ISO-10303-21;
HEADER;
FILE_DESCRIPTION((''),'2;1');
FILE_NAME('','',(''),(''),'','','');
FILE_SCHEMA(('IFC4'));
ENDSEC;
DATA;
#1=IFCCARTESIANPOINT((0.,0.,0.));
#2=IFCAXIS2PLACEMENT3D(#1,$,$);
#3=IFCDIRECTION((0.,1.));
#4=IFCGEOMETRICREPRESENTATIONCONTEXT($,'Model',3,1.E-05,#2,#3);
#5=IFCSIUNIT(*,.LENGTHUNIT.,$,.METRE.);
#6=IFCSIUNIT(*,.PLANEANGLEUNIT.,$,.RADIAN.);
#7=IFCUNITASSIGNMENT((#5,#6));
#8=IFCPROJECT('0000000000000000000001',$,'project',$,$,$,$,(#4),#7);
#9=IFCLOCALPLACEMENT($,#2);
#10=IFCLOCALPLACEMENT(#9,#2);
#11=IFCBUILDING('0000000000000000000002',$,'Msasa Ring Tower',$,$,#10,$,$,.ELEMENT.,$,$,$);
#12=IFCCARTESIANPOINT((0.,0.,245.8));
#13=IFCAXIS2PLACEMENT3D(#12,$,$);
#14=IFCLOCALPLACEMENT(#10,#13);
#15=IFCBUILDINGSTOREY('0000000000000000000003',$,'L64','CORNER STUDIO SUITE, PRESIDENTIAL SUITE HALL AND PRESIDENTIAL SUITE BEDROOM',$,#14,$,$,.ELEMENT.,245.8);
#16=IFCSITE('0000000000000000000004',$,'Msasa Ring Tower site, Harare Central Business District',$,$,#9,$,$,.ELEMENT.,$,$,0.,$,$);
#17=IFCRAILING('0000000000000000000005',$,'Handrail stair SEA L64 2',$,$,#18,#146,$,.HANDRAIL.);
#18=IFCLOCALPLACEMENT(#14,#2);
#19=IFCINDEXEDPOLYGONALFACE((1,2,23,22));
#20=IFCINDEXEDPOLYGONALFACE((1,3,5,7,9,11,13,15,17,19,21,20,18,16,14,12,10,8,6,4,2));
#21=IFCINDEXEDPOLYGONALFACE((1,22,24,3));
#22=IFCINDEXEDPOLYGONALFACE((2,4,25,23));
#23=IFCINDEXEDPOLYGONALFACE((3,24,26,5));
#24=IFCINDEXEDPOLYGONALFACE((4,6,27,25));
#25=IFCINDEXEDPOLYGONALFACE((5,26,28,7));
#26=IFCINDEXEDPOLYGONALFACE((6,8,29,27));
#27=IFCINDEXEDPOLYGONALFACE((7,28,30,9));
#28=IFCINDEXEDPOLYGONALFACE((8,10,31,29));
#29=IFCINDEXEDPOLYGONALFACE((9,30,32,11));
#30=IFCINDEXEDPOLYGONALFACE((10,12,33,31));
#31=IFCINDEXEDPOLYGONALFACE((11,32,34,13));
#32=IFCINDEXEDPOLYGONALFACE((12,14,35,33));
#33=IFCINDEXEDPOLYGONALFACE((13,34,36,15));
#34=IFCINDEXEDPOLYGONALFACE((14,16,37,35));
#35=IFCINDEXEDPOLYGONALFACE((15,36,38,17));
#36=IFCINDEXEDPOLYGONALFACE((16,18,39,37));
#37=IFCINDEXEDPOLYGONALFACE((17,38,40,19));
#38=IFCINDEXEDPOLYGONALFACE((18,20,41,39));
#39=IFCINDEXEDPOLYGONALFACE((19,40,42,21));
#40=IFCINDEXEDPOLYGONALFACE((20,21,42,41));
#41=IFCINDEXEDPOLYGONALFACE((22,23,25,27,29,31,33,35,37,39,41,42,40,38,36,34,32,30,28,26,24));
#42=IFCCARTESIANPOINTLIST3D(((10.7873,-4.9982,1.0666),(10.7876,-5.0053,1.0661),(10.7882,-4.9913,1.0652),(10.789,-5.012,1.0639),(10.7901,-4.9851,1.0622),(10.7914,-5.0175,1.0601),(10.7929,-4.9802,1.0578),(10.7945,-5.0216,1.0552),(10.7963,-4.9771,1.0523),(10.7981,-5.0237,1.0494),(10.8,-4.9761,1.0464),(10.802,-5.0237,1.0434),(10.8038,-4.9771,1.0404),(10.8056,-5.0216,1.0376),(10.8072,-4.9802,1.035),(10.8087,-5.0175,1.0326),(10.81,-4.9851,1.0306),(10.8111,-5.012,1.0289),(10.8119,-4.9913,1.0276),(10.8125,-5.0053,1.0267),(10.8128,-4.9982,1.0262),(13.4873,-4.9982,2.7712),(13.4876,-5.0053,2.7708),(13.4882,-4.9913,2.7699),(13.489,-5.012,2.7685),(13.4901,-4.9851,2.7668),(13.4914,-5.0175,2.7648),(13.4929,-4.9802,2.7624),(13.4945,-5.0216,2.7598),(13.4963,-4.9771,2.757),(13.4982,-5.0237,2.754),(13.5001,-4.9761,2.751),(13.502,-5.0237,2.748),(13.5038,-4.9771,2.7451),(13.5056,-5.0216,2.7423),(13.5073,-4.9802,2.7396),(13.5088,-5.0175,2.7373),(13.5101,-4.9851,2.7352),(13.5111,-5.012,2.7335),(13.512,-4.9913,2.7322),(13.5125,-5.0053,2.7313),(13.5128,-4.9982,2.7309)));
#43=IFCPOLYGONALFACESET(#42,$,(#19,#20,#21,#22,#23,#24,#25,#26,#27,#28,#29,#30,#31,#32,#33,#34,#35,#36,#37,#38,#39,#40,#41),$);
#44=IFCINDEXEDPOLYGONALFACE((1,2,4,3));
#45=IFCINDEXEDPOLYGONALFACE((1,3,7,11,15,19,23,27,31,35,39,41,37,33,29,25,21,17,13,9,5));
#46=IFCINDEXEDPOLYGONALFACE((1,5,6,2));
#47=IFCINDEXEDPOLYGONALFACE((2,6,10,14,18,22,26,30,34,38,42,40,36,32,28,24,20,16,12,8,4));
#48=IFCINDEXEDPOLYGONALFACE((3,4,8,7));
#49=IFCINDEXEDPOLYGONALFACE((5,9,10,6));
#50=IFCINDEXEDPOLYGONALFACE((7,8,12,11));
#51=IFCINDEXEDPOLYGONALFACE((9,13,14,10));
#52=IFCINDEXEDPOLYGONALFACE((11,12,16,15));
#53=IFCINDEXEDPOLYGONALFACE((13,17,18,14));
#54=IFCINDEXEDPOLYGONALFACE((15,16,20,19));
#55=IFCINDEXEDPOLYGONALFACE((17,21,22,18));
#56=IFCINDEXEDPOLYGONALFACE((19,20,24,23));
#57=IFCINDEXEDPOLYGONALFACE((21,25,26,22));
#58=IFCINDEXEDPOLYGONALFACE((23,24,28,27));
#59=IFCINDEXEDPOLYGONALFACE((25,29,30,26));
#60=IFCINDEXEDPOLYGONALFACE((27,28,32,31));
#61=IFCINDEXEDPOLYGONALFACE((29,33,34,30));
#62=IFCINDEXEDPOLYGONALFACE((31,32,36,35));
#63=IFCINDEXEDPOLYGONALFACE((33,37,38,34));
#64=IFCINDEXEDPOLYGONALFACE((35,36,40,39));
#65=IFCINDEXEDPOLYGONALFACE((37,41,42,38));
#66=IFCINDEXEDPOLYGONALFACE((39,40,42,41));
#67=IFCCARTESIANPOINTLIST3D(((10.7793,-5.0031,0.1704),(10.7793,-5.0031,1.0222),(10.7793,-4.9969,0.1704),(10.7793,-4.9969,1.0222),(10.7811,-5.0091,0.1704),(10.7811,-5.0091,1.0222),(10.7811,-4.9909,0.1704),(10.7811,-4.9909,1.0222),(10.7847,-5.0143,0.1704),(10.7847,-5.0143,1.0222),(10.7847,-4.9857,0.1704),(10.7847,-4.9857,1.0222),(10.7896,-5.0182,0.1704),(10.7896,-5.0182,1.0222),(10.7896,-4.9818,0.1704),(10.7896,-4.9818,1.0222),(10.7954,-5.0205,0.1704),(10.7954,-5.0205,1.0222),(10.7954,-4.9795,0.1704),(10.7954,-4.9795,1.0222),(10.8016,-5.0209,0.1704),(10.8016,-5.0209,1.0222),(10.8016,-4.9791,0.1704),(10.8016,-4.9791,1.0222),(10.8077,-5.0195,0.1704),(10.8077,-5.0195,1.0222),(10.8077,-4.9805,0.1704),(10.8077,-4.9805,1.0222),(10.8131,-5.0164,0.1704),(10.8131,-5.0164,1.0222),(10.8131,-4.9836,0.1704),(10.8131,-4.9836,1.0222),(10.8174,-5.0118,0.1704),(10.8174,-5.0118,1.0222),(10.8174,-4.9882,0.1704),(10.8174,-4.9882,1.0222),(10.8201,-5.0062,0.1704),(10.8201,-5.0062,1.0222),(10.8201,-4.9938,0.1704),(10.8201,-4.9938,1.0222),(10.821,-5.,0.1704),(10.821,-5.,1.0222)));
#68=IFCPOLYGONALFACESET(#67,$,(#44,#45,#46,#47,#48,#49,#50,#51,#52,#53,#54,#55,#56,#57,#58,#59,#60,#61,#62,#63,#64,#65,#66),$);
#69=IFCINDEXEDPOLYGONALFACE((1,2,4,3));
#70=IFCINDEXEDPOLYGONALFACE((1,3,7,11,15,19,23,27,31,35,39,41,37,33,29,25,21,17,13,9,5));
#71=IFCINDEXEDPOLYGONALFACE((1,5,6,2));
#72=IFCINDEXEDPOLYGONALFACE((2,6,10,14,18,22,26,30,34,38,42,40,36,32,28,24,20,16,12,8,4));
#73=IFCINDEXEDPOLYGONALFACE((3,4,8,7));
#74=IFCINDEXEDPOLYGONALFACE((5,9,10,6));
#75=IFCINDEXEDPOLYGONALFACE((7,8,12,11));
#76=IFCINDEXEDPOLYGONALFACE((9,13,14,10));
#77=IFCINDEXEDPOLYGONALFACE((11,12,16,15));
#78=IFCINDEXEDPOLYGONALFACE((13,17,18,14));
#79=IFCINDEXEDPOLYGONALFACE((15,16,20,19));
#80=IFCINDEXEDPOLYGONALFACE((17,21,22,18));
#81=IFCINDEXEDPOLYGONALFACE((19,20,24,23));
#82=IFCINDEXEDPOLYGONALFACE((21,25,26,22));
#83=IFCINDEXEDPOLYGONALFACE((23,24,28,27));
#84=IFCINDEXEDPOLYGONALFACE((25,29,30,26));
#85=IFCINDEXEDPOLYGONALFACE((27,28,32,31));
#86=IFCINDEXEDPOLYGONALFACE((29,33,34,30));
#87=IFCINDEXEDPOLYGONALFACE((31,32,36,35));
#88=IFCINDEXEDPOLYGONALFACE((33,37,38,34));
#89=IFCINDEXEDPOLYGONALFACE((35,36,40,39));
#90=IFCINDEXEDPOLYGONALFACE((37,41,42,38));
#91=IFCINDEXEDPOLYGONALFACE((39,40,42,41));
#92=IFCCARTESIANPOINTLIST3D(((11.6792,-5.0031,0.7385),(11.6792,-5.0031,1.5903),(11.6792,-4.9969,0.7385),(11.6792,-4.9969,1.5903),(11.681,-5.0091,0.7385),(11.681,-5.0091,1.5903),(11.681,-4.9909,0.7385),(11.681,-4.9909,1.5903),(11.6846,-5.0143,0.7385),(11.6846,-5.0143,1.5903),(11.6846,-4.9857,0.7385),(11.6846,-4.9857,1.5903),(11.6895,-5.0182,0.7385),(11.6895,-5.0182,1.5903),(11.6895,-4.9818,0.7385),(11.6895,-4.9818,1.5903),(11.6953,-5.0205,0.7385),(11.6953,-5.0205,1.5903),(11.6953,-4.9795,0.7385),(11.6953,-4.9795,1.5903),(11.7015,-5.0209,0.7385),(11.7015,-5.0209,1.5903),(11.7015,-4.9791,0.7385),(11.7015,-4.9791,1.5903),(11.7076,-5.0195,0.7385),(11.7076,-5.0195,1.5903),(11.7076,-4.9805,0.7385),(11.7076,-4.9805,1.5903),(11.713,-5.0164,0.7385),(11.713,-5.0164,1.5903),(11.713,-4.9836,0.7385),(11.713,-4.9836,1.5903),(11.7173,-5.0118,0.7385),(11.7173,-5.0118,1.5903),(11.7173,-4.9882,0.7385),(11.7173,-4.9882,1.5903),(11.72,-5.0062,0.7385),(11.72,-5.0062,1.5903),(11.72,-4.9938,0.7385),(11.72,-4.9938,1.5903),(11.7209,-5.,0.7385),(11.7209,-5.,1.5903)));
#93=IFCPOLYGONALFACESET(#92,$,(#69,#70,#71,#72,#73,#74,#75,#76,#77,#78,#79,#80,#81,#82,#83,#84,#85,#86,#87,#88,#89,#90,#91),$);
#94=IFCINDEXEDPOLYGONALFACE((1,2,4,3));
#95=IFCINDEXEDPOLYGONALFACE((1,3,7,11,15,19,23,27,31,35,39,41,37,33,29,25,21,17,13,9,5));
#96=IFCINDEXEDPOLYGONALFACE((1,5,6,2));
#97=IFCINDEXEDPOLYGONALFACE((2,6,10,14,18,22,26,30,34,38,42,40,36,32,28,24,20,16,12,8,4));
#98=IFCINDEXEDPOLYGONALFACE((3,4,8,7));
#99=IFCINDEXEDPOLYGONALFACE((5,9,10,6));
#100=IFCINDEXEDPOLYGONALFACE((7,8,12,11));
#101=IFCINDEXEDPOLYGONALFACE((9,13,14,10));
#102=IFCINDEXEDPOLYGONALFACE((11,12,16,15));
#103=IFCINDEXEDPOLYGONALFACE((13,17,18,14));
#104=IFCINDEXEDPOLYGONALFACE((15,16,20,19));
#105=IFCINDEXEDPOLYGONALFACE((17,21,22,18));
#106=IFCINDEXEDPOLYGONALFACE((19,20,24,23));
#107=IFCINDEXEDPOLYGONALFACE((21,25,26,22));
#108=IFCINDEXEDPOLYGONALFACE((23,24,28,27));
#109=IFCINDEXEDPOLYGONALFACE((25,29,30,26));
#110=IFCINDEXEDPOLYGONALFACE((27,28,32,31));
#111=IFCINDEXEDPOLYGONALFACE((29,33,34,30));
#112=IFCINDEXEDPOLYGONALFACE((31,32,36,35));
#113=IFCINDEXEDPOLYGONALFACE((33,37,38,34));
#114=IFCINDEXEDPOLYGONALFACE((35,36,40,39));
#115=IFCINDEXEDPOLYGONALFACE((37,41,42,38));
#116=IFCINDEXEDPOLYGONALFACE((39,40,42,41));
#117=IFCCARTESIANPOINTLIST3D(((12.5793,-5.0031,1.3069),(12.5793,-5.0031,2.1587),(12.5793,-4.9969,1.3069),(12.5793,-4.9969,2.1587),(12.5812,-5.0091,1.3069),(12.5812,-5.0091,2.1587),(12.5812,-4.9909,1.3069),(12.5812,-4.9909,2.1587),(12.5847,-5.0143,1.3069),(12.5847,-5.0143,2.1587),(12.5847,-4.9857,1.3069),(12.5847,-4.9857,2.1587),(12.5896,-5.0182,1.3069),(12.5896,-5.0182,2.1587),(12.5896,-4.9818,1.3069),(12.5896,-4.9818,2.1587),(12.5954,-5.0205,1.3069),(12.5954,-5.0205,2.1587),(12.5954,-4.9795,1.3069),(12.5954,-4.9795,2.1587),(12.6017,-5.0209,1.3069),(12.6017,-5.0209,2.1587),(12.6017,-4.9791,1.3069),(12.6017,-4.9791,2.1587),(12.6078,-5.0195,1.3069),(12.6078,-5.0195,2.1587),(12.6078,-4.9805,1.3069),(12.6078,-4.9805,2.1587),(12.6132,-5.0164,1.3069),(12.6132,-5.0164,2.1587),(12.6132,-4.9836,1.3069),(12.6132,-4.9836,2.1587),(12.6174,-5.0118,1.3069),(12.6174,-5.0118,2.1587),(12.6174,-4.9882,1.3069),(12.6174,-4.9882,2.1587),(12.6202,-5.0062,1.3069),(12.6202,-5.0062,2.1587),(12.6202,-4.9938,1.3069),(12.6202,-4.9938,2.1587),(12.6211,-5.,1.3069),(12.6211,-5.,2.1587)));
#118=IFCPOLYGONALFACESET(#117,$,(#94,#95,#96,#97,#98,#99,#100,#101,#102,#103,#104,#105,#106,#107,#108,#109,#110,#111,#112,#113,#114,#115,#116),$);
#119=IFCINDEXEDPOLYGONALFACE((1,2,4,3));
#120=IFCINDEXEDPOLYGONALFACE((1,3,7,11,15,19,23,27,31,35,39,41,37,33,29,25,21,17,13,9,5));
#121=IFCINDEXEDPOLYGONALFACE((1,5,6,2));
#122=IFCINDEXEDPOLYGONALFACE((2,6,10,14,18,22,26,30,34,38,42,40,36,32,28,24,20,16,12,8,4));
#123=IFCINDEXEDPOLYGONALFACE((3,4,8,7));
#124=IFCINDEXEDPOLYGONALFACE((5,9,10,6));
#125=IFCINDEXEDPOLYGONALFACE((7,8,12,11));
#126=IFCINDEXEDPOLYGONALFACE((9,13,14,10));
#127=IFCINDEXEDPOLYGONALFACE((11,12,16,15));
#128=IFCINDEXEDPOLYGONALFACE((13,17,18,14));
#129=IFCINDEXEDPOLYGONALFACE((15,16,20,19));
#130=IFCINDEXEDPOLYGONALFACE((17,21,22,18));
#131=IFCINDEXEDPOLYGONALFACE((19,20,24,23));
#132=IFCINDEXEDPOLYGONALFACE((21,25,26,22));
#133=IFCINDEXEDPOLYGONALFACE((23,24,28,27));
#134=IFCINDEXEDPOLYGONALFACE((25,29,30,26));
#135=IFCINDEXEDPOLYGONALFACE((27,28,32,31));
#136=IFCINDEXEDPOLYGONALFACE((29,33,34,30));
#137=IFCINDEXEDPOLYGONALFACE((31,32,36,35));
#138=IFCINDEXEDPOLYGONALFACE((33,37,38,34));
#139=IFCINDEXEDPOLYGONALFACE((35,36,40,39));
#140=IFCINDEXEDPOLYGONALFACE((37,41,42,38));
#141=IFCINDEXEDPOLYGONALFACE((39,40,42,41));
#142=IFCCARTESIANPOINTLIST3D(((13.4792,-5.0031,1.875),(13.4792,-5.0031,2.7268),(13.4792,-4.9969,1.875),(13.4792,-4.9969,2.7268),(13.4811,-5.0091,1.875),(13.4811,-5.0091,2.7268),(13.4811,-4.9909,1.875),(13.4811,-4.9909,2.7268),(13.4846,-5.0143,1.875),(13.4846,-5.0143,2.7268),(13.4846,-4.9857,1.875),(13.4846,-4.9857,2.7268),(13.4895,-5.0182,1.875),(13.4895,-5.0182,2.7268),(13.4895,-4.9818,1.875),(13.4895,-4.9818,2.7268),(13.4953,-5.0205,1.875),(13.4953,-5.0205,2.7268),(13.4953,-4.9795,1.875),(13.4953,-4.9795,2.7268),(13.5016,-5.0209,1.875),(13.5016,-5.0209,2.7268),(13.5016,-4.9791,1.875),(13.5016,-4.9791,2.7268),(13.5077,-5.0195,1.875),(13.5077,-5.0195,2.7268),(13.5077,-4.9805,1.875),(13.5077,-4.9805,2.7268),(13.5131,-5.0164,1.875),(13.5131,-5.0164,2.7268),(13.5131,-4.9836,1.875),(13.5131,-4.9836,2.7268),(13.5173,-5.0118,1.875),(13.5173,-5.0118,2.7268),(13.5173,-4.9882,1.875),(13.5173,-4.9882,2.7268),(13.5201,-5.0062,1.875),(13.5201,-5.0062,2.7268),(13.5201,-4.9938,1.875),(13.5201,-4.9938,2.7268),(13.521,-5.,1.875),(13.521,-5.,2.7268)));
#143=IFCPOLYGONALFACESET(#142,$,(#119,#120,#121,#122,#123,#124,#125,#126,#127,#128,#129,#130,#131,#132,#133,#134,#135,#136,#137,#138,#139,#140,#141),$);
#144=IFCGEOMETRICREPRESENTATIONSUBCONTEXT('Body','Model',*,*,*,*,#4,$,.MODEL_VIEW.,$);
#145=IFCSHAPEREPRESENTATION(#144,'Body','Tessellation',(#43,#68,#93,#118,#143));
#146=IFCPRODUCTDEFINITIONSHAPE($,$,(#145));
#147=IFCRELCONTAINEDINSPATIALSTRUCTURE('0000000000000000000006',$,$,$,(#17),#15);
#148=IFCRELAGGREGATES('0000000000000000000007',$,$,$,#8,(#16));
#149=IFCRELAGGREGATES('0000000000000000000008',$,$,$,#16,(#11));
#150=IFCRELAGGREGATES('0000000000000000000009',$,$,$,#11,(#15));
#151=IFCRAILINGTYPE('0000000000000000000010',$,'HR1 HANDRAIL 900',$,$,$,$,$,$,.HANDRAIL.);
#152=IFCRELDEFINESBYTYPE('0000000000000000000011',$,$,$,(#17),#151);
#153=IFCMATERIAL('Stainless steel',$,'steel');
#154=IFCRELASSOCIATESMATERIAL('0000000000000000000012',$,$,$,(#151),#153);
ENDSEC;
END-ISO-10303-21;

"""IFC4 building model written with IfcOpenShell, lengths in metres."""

from ifc_helpers import new_model, si_unit, direction, frame, origin, origin_2d, place, context, subcontext, project, spatial, circle, extrude, material, type_object, element, save


model = new_model("IFC4")

# Units and contexts
model_context = context("Model", 3, precision=1e-05, world=origin(), true_north=direction((0.0, 1.0)))
body_context = subcontext(model_context, "Body", "Model", "MODEL_VIEW")
ifc_project = project(units=[si_unit("LENGTHUNIT", "METRE"), si_unit("PLANEANGLEUNIT", "RADIAN")], contexts=[model_context])

# Site, building, storey
site_placement = place(None, origin())
site = spatial("IfcSite", under=ifc_project, at=site_placement, Name="Msasa Ring Tower site, Harare Central Business District", CompositionType="ELEMENT", RefElevation=0.0)
building_placement = place(site_placement, origin())
building = spatial("IfcBuilding", under=site, at=building_placement, Name="Msasa Ring Tower", CompositionType="ELEMENT")
storey_placement = place(building_placement, frame((0.0, 0.0, 245.8)))
storey = spatial("IfcBuildingStorey", under=building, at=storey_placement, Name="L64", Description="CORNER STUDIO SUITE, PRESIDENTIAL SUITE HALL AND PRESIDENTIAL SUITE BEDROOM", CompositionType="ELEMENT", Elevation=245.8)

# Railing
ifc_material_1 = material(Name="Stainless steel", Category="steel")
railing_type = type_object("IfcRailingType", Name="HR1 HANDRAIL 900", PredefinedType="HANDRAIL", material=ifc_material_1)
railing_placement = place(storey_placement, frame((10.8, -5.0, 0.1704)))
element("IfcRailing", 1, at=railing_placement, inside=storey, type_object=railing_type, Name="Handrail stair SEA L64 2", PredefinedType="HANDRAIL", context=body_context, shape_type="SweptSolid", body=[
    extrude(circle(Radius=0.0239, at=origin_2d()), frame((0.0, 0.0, 0.876), z_axis=(0.84558, 0.0, 0.533849), x_axis=(0.0, 1.0, 0.0)), (0.0, 0.0, 1.0), 3.1931),
    extrude(circle(Radius=0.021, at=origin_2d()), origin(), (0.0, 0.0, 1.0), 0.8518),
    extrude(circle(Radius=0.021, at=origin_2d()), frame((0.8999, 0.0, 0.5681)), (0.0, 0.0, 1.0), 0.8518),
    extrude(circle(Radius=0.021, at=origin_2d()), frame((1.8, 0.0, 1.1365)), (0.0, 0.0, 1.0), 0.8518),
    extrude(circle(Radius=0.021, at=origin_2d()), frame((2.7, 0.0, 1.7046)), (0.0, 0.0, 1.0), 0.8518),
])

save(model, "model.ifc")
